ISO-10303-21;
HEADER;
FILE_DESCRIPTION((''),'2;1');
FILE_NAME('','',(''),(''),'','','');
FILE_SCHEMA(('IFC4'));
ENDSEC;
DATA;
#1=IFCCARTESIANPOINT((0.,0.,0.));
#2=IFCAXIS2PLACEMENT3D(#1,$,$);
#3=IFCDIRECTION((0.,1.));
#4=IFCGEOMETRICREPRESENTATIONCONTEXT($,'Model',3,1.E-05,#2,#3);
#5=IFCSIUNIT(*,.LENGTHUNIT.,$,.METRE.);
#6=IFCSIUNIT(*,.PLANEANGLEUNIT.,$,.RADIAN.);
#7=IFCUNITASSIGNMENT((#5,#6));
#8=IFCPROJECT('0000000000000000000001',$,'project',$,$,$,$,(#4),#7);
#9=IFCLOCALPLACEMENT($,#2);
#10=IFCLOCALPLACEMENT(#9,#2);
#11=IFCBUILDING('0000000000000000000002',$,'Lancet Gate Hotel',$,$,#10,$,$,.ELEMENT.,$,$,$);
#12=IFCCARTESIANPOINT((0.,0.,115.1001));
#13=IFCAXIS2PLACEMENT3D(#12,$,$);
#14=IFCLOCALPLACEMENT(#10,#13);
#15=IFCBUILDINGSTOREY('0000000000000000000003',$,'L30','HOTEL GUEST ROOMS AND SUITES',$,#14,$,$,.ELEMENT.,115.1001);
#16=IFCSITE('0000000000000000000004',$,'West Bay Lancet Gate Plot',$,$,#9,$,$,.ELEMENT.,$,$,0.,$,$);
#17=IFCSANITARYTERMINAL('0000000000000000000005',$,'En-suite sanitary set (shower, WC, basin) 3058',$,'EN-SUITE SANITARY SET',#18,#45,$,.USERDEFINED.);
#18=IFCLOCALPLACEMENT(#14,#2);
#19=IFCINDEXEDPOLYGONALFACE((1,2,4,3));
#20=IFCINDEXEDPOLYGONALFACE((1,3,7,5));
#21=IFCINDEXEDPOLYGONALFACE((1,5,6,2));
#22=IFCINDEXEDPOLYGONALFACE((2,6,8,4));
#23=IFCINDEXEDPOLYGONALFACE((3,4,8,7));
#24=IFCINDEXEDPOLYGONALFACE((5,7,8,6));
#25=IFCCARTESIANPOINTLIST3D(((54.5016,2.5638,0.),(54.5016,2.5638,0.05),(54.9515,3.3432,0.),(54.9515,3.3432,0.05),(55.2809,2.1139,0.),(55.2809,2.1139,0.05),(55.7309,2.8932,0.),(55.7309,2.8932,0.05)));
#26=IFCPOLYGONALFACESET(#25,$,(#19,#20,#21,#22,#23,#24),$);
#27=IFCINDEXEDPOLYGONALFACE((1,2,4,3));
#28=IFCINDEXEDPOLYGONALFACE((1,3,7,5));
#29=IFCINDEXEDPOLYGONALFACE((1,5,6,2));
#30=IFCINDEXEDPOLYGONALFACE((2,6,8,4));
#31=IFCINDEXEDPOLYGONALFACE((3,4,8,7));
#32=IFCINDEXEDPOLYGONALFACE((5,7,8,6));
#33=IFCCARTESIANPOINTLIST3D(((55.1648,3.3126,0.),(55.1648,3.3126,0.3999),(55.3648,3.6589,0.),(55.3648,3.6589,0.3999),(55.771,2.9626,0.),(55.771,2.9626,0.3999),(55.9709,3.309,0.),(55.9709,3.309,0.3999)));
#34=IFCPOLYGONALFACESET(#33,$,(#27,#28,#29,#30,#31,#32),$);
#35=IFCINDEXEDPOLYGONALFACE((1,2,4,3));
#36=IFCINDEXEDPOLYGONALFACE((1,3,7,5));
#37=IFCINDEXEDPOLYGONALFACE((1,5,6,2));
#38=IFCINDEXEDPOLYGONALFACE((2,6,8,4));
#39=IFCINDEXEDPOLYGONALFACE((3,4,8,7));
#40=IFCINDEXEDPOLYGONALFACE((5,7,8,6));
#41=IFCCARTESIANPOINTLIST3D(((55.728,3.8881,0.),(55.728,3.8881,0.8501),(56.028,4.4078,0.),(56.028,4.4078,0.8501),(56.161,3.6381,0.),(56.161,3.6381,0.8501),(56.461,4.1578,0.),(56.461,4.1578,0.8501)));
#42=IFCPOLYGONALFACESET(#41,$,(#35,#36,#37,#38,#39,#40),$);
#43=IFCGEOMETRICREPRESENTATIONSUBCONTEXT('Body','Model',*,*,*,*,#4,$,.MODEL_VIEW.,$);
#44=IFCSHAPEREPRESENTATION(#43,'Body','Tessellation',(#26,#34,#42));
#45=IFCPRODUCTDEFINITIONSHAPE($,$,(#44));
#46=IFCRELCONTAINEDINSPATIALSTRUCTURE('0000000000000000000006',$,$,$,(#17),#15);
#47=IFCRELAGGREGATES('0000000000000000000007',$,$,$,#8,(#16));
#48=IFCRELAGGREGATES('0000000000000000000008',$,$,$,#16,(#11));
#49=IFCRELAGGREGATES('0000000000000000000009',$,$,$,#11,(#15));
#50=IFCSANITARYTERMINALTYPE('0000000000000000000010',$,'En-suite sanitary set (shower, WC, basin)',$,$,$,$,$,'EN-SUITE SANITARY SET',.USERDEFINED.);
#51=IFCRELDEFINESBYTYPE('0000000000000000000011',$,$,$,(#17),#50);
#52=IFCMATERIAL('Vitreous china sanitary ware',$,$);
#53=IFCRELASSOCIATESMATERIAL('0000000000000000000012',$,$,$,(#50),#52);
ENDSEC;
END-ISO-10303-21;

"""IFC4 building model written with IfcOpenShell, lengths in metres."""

from ifc_helpers import new_model, si_unit, direction, frame, origin, origin_2d, place, context, subcontext, project, spatial, rectangle, extrude, material, type_object, element, save


model = new_model("IFC4")

# Units and contexts
model_context = context("Model", 3, precision=1e-05, world=origin(), true_north=direction((0.0, 1.0)))
body_context = subcontext(model_context, "Body", "Model", "MODEL_VIEW")
ifc_project = project(units=[si_unit("LENGTHUNIT", "METRE"), si_unit("PLANEANGLEUNIT", "RADIAN")], contexts=[model_context])

# Site, building, storey
site_placement = place(None, origin())
site = spatial("IfcSite", under=ifc_project, at=site_placement, Name="West Bay Lancet Gate Plot", CompositionType="ELEMENT", RefElevation=0.0)
building_placement = place(site_placement, origin())
building = spatial("IfcBuilding", under=site, at=building_placement, Name="Lancet Gate Hotel", CompositionType="ELEMENT")
storey_placement = place(building_placement, frame((0.0, 0.0, 115.1001)))
storey = spatial("IfcBuildingStorey", under=building, at=storey_placement, Name="L30", Description="HOTEL GUEST ROOMS AND SUITES", CompositionType="ELEMENT", Elevation=115.1001)

# Sanitary terminal
ifc_material_1 = material(Name="Vitreous china sanitary ware")
sanitary_terminal_type = type_object("IfcSanitaryTerminalType", Name="En-suite sanitary set (shower, WC, basin)", ElementType="EN-SUITE SANITARY SET", PredefinedType="USERDEFINED", material=ifc_material_1)
sanitary_terminal_placement = place(storey_placement, frame((55.1162, 2.7285, 0.0), z_axis=(0.0, 0.0, 1.0), x_axis=(1.0, 0.0, 0.0)))
element("IfcSanitaryTerminal", 1, at=sanitary_terminal_placement, inside=storey, type_object=sanitary_terminal_type, Name="En-suite sanitary set (shower, WC, basin) 3058", ObjectType="EN-SUITE SANITARY SET", PredefinedType="USERDEFINED", context=body_context, shape_type="SweptSolid", body=[
    extrude(rectangle(XDim=0.8999, YDim=0.8999, at=origin_2d()), frame((0.0, 0.0, 0.0), z_axis=(0.0, 0.0, 1.0), x_axis=(-0.5, -0.866025, 0.0)), (0.0, 0.0, 1.0), 0.05),
    extrude(rectangle(XDim=0.3999, YDim=0.7, at=origin_2d()), frame((0.4517, 0.5823, 0.0), z_axis=(0.0, 0.0, 1.0), x_axis=(-0.5, -0.866025, 0.0)), (0.0, 0.0, 1.0), 0.3999),
    extrude(rectangle(XDim=0.6001, YDim=0.5, at=origin_2d()), frame((0.9783, 1.2944, 0.0), z_axis=(0.0, 0.0, 1.0), x_axis=(-0.5, -0.866025, 0.0)), (0.0, 0.0, 1.0), 0.8501),
])

save(model, "model.ifc")
